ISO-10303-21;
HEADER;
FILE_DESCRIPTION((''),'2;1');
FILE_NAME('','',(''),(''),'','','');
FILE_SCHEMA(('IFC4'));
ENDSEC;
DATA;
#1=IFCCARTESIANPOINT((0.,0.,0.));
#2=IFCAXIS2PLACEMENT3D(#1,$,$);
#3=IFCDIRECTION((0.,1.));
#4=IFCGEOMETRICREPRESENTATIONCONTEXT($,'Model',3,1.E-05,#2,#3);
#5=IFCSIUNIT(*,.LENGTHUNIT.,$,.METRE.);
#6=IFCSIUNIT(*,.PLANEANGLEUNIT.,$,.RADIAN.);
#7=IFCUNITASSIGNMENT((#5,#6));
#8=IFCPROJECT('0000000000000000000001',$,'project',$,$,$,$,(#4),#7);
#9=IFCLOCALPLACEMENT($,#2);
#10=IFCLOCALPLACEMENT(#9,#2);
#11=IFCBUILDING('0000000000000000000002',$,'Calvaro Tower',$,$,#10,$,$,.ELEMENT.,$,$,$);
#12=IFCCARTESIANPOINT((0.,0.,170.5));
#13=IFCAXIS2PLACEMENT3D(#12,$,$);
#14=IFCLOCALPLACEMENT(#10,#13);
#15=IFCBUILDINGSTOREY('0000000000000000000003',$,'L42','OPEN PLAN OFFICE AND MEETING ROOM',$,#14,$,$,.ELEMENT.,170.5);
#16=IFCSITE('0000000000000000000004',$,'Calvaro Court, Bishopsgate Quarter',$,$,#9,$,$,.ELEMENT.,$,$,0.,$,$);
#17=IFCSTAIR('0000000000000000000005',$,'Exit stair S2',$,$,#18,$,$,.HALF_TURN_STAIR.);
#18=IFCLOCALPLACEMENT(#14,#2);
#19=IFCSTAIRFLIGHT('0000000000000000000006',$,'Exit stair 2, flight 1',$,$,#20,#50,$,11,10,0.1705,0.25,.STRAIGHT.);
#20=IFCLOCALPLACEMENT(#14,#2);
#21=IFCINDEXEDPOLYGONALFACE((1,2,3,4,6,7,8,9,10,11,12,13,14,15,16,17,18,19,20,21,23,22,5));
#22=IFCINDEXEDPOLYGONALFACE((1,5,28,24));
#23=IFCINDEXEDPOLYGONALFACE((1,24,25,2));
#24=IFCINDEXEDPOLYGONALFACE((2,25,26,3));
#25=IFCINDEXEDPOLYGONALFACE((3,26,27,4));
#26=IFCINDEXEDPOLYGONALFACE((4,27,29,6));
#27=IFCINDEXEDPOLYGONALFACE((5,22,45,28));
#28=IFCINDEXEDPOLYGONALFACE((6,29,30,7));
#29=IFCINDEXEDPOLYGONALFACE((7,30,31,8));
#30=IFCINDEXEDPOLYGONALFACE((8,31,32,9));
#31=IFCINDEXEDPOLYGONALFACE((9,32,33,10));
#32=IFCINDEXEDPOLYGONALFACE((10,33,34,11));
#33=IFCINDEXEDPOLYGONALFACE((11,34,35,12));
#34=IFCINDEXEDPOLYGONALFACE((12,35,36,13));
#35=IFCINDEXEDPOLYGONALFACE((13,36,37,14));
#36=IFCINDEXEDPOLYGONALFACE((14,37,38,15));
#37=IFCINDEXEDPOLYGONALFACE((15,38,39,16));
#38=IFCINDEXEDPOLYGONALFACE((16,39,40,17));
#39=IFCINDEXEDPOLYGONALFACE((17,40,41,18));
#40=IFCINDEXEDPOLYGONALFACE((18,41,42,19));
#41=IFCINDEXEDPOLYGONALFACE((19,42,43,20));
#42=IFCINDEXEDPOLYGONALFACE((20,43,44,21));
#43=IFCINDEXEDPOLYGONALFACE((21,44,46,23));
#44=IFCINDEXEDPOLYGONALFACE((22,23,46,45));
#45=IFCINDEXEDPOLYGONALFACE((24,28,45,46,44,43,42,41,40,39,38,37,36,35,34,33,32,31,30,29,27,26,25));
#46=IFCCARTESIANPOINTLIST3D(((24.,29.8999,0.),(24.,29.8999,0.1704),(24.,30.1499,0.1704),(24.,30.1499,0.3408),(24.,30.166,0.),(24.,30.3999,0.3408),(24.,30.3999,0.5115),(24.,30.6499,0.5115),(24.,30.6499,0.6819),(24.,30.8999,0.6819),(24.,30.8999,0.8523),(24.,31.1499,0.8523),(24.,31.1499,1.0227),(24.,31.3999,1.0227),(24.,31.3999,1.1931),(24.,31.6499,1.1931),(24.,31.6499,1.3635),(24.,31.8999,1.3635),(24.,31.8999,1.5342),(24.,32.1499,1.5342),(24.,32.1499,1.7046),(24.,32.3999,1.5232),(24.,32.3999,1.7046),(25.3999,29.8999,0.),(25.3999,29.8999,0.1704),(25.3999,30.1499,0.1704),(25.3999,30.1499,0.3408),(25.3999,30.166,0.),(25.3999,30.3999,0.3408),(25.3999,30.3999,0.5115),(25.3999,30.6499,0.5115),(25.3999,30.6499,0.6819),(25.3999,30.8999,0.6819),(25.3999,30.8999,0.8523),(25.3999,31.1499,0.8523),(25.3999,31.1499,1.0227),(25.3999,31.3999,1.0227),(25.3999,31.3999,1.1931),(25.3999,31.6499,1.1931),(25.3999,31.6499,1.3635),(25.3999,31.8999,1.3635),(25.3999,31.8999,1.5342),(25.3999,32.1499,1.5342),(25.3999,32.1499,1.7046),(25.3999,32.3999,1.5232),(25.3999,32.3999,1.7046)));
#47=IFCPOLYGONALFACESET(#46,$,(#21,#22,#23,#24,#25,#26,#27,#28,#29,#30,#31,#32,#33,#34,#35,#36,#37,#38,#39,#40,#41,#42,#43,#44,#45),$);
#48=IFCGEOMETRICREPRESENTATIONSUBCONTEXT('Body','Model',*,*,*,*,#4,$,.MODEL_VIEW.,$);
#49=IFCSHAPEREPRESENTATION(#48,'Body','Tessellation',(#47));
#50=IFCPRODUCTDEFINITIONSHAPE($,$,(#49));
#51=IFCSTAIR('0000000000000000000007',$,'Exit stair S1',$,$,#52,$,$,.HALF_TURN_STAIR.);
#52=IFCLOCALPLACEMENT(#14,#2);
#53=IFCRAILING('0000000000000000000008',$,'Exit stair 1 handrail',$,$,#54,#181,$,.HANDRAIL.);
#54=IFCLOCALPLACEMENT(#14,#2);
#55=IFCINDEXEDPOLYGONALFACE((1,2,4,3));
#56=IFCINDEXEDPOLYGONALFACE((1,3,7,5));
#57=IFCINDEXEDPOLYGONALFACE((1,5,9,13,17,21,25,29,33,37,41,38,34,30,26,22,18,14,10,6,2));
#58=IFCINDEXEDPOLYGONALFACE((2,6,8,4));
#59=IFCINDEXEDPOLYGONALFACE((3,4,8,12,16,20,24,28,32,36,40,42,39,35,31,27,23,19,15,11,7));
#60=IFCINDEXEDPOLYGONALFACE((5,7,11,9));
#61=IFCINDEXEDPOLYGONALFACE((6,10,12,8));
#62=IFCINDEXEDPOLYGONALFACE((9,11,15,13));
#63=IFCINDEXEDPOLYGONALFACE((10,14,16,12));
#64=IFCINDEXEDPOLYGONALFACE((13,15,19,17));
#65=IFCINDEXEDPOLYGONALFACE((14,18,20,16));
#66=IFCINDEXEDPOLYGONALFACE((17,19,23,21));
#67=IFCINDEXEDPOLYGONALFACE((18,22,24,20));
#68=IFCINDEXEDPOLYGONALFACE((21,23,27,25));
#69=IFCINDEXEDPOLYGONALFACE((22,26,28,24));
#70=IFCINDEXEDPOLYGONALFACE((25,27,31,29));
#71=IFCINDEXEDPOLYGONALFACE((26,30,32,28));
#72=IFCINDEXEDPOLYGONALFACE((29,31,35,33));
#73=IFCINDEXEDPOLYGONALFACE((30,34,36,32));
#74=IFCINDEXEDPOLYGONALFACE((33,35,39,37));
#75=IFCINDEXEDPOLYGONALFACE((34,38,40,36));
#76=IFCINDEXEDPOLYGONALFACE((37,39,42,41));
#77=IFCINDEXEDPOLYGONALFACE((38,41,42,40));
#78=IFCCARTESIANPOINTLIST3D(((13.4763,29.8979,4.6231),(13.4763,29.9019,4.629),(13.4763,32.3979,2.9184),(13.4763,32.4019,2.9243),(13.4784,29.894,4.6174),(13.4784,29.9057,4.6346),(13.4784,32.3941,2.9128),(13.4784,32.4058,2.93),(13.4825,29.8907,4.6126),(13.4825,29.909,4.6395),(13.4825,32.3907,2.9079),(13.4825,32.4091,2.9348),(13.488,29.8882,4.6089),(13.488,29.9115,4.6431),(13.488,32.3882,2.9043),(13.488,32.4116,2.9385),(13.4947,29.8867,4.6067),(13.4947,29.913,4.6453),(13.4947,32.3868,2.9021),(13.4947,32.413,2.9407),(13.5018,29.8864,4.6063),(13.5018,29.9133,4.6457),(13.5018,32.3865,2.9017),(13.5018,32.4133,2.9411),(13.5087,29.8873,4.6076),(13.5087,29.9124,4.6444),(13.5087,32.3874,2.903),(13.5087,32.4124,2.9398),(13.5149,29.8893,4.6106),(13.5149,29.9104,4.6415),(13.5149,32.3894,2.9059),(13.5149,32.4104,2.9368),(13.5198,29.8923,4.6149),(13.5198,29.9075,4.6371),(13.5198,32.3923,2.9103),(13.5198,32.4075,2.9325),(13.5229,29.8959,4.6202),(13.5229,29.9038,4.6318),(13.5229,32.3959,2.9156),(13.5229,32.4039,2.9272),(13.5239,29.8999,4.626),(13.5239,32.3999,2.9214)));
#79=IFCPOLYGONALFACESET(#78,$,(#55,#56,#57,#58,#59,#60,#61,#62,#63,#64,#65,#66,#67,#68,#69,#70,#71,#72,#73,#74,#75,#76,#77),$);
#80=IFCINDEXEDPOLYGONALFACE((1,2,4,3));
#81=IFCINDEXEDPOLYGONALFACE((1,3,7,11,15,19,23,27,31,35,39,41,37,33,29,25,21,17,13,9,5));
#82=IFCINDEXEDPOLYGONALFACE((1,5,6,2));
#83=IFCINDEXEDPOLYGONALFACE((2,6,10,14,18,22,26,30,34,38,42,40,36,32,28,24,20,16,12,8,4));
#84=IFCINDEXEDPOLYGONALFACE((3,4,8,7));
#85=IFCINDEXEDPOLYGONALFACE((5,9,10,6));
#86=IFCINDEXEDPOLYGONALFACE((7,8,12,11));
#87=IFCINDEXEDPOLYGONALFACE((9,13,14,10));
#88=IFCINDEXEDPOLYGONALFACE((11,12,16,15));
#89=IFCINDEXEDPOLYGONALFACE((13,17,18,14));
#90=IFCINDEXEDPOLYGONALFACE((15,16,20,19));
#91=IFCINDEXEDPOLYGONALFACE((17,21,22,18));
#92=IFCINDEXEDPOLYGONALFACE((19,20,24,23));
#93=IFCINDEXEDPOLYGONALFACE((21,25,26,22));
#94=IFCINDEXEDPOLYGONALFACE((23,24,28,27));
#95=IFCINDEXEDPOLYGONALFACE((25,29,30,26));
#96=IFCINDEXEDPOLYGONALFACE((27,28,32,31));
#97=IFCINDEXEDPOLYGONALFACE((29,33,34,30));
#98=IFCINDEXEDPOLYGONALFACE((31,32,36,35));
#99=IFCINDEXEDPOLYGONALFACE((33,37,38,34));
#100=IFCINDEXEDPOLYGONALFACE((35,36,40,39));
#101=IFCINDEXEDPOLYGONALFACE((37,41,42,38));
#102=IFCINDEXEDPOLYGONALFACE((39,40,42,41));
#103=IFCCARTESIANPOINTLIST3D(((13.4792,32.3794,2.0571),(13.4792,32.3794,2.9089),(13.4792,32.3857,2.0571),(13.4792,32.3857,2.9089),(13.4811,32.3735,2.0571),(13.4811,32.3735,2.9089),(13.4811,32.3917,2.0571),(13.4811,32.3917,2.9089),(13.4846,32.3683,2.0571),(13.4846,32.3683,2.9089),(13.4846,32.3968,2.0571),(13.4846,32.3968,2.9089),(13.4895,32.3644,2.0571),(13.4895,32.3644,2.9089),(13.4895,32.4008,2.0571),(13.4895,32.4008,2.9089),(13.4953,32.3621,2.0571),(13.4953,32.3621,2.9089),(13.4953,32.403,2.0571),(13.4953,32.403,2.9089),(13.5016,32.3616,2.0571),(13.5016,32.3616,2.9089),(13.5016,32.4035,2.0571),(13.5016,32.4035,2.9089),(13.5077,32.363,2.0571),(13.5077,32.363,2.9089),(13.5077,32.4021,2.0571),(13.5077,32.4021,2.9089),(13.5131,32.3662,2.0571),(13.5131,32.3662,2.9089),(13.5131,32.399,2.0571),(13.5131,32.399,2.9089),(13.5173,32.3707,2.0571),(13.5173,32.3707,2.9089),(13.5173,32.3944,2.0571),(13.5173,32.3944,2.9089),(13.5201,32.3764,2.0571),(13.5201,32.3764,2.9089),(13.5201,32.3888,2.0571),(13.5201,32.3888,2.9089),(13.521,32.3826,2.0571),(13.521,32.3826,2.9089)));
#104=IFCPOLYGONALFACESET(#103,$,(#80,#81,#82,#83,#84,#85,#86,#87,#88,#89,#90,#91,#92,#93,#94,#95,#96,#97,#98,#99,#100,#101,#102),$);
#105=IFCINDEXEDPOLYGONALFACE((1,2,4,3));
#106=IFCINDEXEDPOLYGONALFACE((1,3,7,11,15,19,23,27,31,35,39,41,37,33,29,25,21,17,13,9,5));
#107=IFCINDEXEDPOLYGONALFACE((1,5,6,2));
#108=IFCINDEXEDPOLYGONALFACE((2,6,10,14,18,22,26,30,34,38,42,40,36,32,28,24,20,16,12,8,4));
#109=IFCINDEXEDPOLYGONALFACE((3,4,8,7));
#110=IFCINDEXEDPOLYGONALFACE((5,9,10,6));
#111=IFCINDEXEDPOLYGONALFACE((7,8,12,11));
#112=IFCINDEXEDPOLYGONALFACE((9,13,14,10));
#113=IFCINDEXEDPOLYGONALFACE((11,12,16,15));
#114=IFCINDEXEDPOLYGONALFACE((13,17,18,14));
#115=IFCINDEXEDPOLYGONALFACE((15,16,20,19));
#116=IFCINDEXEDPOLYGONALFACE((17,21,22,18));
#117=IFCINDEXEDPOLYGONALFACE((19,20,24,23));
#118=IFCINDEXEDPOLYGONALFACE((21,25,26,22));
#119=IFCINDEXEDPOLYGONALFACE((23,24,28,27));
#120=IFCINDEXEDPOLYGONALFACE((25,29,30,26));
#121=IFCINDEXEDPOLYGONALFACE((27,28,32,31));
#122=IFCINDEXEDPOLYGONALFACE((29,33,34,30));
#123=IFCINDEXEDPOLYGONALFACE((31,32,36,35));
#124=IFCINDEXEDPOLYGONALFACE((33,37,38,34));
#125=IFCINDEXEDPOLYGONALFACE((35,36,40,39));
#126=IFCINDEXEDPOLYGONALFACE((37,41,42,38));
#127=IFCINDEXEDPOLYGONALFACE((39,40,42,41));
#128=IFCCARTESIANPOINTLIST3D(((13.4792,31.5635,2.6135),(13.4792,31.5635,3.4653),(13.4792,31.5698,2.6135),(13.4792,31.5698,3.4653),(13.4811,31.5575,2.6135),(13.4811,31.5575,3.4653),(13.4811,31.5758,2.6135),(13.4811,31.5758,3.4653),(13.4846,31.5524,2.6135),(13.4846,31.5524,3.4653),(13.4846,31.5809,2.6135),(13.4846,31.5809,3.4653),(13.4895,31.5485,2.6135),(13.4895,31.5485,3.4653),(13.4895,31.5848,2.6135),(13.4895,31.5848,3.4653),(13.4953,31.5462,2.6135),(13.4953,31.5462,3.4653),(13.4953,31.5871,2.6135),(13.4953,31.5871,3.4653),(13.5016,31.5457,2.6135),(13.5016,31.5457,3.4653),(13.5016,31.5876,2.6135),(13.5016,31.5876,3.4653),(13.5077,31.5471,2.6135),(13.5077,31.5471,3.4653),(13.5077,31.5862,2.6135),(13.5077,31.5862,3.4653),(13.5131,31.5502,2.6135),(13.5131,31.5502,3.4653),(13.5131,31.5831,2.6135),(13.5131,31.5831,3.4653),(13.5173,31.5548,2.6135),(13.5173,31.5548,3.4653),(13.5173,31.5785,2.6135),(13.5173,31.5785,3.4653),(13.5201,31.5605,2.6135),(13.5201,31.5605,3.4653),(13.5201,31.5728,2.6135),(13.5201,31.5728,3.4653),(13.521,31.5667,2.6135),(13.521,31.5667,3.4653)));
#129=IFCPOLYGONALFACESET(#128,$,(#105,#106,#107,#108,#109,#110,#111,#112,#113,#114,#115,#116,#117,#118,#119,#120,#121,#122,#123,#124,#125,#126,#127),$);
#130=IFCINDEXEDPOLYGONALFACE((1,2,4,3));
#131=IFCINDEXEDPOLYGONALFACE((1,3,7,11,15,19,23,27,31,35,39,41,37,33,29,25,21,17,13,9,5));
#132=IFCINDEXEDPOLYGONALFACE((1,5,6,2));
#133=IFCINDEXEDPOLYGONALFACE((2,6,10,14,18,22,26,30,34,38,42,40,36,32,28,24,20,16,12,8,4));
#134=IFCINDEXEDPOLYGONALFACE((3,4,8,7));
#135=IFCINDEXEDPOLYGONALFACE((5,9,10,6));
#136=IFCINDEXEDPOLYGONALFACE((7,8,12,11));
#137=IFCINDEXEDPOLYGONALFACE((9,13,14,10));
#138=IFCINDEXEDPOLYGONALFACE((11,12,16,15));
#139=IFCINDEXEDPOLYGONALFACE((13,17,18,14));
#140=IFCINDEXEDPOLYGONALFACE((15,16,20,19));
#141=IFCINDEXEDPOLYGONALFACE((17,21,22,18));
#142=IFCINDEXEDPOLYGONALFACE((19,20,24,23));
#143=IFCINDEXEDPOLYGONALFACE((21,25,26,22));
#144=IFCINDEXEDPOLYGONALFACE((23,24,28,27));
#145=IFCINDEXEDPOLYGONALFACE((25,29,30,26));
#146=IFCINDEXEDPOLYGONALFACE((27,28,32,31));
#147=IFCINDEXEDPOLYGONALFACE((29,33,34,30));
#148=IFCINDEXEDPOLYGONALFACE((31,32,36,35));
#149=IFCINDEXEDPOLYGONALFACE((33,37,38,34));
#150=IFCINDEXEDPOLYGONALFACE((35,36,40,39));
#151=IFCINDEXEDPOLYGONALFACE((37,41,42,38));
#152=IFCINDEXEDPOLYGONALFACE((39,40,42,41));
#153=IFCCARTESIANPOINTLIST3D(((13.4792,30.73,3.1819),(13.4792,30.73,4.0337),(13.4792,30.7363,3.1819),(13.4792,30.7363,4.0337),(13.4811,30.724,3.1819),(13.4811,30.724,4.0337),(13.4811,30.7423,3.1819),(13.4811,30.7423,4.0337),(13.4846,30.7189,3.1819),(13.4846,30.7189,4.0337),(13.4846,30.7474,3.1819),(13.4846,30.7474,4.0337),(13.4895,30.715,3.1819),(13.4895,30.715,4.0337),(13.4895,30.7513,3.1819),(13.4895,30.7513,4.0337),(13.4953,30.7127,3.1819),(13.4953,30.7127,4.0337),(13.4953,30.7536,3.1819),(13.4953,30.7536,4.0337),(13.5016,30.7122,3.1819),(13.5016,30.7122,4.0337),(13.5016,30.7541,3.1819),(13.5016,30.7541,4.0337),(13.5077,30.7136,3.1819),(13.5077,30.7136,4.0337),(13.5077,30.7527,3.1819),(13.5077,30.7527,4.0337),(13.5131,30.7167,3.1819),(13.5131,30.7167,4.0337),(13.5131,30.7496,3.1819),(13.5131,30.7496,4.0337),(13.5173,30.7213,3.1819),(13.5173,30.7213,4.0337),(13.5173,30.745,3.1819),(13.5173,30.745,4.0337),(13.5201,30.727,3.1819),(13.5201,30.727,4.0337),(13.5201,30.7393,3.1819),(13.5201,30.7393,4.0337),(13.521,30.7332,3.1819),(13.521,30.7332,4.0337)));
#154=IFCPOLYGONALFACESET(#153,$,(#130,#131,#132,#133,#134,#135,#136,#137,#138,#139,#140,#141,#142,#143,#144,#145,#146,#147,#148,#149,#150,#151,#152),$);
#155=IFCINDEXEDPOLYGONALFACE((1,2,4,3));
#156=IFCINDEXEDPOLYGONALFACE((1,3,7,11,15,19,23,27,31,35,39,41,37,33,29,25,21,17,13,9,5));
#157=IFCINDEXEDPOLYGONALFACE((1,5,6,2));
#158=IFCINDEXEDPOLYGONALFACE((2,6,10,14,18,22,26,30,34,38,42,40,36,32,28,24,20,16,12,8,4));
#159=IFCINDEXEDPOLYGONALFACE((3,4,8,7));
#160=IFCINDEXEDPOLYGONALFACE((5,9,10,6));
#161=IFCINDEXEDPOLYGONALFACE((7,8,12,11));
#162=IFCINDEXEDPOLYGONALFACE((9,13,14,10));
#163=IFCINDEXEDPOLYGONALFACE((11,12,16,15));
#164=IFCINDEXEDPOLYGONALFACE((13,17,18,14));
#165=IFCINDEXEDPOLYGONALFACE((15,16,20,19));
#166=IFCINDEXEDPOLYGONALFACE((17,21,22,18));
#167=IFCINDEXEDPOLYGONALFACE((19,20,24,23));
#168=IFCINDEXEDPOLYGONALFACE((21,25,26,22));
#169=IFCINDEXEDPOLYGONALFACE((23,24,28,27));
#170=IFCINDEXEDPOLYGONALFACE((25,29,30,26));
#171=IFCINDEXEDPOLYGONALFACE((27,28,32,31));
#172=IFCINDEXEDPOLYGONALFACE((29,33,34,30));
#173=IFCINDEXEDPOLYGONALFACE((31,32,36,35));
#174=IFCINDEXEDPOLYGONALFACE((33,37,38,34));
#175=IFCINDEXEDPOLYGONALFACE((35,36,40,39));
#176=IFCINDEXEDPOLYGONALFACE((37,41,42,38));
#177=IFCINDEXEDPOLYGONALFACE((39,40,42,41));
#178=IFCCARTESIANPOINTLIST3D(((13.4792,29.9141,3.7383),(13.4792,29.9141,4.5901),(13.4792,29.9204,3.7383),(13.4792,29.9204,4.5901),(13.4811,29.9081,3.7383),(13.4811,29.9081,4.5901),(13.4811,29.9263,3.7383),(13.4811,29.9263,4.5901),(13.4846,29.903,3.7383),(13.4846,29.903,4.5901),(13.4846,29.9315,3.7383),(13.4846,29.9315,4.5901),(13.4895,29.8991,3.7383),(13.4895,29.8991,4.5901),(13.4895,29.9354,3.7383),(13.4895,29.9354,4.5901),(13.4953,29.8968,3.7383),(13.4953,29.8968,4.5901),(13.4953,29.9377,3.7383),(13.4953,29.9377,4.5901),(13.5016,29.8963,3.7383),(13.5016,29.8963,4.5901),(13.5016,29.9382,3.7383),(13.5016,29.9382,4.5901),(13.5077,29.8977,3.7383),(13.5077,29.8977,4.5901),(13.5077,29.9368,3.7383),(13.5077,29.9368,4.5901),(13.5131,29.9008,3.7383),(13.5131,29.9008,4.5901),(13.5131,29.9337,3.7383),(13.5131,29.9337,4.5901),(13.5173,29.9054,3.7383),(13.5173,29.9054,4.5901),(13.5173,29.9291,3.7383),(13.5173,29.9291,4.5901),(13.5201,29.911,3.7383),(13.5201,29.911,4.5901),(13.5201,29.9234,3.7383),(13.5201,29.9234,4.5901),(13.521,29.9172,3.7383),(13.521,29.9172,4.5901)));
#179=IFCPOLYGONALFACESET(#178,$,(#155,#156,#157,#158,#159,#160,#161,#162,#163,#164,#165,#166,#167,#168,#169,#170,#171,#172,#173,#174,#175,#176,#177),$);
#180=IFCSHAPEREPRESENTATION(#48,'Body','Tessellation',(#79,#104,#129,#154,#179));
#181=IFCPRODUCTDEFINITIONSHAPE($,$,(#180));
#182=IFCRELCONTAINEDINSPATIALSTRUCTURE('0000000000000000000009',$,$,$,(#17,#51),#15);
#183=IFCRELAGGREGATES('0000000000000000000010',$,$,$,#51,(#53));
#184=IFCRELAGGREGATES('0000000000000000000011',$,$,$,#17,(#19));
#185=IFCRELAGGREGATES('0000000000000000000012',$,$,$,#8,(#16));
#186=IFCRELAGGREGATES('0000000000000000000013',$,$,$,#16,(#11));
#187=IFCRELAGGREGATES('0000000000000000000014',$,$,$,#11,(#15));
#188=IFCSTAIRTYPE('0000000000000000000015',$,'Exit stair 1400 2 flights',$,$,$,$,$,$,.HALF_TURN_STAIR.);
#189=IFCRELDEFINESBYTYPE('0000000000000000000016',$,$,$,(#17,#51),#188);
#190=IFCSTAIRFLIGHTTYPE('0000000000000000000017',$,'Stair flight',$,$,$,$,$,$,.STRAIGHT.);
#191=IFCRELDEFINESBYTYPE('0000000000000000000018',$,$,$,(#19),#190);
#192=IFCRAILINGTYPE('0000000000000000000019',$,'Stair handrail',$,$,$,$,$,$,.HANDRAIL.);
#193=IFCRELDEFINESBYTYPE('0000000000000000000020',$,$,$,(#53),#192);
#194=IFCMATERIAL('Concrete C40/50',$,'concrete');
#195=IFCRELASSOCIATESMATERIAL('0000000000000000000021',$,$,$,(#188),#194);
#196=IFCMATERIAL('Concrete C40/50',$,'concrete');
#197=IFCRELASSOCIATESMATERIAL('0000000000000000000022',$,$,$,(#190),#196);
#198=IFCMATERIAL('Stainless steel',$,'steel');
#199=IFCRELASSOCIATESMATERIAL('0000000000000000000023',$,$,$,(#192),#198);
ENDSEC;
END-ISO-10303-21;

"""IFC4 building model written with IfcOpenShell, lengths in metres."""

from ifc_helpers import new_model, si_unit, direction, frame, origin, origin_2d, place, context, subcontext, project, spatial, polyline, circle, outline, extrude, material, type_object, element, aggregate, save


model = new_model("IFC4")

# Units and contexts
model_context = context("Model", 3, precision=1e-05, world=origin(), true_north=direction((0.0, 1.0)))
body_context = subcontext(model_context, "Body", "Model", "MODEL_VIEW")
ifc_project = project(units=[si_unit("LENGTHUNIT", "METRE"), si_unit("PLANEANGLEUNIT", "RADIAN")], contexts=[model_context])

# Site, building, storey
site_placement = place(None, origin())
site = spatial("IfcSite", under=ifc_project, at=site_placement, Name="Calvaro Court, Bishopsgate Quarter", CompositionType="ELEMENT", RefElevation=0.0)
building_placement = place(site_placement, origin())
building = spatial("IfcBuilding", under=site, at=building_placement, Name="Calvaro Tower", CompositionType="ELEMENT")
storey_placement = place(building_placement, frame((0.0, 0.0, 170.5)))
storey = spatial("IfcBuildingStorey", under=building, at=storey_placement, Name="L42", Description="OPEN PLAN OFFICE AND MEETING ROOM", CompositionType="ELEMENT", Elevation=170.5)

# Stair, stair flight
ifc_material_1 = material(Name="Concrete C40/50", Category="concrete")
stair_type = type_object("IfcStairType", Name="Exit stair 1400 2 flights", PredefinedType="HALF_TURN_STAIR", material=ifc_material_1)
stair_1_placement = place(storey_placement, origin())
stair_1 = element("IfcStair", 1, at=stair_1_placement, inside=storey, type_object=stair_type, Name="Exit stair S2", PredefinedType="HALF_TURN_STAIR")
ifc_material_2 = material(Name="Concrete C40/50", Category="concrete")
stair_flight_type = type_object("IfcStairFlightType", Name="Stair flight", PredefinedType="STRAIGHT", material=ifc_material_2)
stair_flight_placement = place(storey_placement, frame((24.7, 29.8999, 0.0), z_axis=(0.0, 0.0, 1.0), x_axis=(0.0, 1.0, 0.0)))
stair_flight = element("IfcStairFlight", 2, at=stair_flight_placement, type_object=stair_flight_type, Name="Exit stair 2, flight 1", NumberOfRisers=11, NumberOfTreads=10, PredefinedType="STRAIGHT", RiserHeight=0.1705, TreadLength=0.25, context=body_context, shape_type="SweptSolid", body=[
    extrude(outline(polyline([(0.0, 0.0), (0.0, 0.1704), (0.25, 0.1704), (0.25, 0.3408), (0.5, 0.3408), (0.5, 0.5115), (0.75, 0.5115), (0.75, 0.6819), (1.0, 0.6819), (1.0, 0.8523), (1.25, 0.8523), (1.25, 1.0227), (1.5, 1.0227), (1.5, 1.1931), (1.75, 1.1931), (1.75, 1.3635), (2.0, 1.3635), (2.0, 1.5342), (2.25, 1.5342), (2.25, 1.7046), (2.5, 1.7046), (2.5, 1.875), (2.5, 1.5232), (0.2661, 0.0), (0.0, 0.0)])), frame((0.0, 0.7, 0.0), z_axis=(0.0, -1.0, 0.0), x_axis=(1.0, 0.0, 0.0)), (0.0, 0.0, 1.0), 1.3999),
])

# Stair, railing
stair_2_placement = place(storey_placement, origin())
stair_2 = element("IfcStair", 3, at=stair_2_placement, inside=storey, type_object=stair_type, Name="Exit stair S1", PredefinedType="HALF_TURN_STAIR")
ifc_material_3 = material(Name="Stainless steel", Category="steel")
railing_type = type_object("IfcRailingType", Name="Stair handrail", PredefinedType="HANDRAIL", material=ifc_material_3)
railing_1_placement = place(storey_placement, frame((13.5, 32.3999, 2.0454)))
railing_1 = element("IfcRailing", 4, at=railing_1_placement, type_object=railing_type, Name="Exit stair 1 handrail", PredefinedType="HANDRAIL", context=body_context, shape_type="SweptSolid", body=[
    extrude(circle(Radius=0.0239, at=origin_2d()), frame((0.0, 0.0, 0.876), z_axis=(0.0, -0.826221, 0.563347), x_axis=(1.0, 0.0, 0.0)), (0.0, 0.0, 1.0), 3.0259),
    extrude(circle(Radius=0.021, at=origin_2d()), frame((0.0, -0.0173, 0.0117)), (0.0, 0.0, 1.0), 0.8518),
    extrude(circle(Radius=0.021, at=origin_2d()), frame((0.0, -0.8333, 0.5681)), (0.0, 0.0, 1.0), 0.8518),
    extrude(circle(Radius=0.021, at=origin_2d()), frame((0.0, -1.6667, 1.1365)), (0.0, 0.0, 1.0), 0.8518),
    extrude(circle(Radius=0.021, at=origin_2d()), frame((0.0, -2.4827, 1.6929)), (0.0, 0.0, 1.0), 0.8518),
])
aggregate(stair_2, [railing_1])

aggregate(stair_1, [stair_flight])

save(model, "model.ifc")
